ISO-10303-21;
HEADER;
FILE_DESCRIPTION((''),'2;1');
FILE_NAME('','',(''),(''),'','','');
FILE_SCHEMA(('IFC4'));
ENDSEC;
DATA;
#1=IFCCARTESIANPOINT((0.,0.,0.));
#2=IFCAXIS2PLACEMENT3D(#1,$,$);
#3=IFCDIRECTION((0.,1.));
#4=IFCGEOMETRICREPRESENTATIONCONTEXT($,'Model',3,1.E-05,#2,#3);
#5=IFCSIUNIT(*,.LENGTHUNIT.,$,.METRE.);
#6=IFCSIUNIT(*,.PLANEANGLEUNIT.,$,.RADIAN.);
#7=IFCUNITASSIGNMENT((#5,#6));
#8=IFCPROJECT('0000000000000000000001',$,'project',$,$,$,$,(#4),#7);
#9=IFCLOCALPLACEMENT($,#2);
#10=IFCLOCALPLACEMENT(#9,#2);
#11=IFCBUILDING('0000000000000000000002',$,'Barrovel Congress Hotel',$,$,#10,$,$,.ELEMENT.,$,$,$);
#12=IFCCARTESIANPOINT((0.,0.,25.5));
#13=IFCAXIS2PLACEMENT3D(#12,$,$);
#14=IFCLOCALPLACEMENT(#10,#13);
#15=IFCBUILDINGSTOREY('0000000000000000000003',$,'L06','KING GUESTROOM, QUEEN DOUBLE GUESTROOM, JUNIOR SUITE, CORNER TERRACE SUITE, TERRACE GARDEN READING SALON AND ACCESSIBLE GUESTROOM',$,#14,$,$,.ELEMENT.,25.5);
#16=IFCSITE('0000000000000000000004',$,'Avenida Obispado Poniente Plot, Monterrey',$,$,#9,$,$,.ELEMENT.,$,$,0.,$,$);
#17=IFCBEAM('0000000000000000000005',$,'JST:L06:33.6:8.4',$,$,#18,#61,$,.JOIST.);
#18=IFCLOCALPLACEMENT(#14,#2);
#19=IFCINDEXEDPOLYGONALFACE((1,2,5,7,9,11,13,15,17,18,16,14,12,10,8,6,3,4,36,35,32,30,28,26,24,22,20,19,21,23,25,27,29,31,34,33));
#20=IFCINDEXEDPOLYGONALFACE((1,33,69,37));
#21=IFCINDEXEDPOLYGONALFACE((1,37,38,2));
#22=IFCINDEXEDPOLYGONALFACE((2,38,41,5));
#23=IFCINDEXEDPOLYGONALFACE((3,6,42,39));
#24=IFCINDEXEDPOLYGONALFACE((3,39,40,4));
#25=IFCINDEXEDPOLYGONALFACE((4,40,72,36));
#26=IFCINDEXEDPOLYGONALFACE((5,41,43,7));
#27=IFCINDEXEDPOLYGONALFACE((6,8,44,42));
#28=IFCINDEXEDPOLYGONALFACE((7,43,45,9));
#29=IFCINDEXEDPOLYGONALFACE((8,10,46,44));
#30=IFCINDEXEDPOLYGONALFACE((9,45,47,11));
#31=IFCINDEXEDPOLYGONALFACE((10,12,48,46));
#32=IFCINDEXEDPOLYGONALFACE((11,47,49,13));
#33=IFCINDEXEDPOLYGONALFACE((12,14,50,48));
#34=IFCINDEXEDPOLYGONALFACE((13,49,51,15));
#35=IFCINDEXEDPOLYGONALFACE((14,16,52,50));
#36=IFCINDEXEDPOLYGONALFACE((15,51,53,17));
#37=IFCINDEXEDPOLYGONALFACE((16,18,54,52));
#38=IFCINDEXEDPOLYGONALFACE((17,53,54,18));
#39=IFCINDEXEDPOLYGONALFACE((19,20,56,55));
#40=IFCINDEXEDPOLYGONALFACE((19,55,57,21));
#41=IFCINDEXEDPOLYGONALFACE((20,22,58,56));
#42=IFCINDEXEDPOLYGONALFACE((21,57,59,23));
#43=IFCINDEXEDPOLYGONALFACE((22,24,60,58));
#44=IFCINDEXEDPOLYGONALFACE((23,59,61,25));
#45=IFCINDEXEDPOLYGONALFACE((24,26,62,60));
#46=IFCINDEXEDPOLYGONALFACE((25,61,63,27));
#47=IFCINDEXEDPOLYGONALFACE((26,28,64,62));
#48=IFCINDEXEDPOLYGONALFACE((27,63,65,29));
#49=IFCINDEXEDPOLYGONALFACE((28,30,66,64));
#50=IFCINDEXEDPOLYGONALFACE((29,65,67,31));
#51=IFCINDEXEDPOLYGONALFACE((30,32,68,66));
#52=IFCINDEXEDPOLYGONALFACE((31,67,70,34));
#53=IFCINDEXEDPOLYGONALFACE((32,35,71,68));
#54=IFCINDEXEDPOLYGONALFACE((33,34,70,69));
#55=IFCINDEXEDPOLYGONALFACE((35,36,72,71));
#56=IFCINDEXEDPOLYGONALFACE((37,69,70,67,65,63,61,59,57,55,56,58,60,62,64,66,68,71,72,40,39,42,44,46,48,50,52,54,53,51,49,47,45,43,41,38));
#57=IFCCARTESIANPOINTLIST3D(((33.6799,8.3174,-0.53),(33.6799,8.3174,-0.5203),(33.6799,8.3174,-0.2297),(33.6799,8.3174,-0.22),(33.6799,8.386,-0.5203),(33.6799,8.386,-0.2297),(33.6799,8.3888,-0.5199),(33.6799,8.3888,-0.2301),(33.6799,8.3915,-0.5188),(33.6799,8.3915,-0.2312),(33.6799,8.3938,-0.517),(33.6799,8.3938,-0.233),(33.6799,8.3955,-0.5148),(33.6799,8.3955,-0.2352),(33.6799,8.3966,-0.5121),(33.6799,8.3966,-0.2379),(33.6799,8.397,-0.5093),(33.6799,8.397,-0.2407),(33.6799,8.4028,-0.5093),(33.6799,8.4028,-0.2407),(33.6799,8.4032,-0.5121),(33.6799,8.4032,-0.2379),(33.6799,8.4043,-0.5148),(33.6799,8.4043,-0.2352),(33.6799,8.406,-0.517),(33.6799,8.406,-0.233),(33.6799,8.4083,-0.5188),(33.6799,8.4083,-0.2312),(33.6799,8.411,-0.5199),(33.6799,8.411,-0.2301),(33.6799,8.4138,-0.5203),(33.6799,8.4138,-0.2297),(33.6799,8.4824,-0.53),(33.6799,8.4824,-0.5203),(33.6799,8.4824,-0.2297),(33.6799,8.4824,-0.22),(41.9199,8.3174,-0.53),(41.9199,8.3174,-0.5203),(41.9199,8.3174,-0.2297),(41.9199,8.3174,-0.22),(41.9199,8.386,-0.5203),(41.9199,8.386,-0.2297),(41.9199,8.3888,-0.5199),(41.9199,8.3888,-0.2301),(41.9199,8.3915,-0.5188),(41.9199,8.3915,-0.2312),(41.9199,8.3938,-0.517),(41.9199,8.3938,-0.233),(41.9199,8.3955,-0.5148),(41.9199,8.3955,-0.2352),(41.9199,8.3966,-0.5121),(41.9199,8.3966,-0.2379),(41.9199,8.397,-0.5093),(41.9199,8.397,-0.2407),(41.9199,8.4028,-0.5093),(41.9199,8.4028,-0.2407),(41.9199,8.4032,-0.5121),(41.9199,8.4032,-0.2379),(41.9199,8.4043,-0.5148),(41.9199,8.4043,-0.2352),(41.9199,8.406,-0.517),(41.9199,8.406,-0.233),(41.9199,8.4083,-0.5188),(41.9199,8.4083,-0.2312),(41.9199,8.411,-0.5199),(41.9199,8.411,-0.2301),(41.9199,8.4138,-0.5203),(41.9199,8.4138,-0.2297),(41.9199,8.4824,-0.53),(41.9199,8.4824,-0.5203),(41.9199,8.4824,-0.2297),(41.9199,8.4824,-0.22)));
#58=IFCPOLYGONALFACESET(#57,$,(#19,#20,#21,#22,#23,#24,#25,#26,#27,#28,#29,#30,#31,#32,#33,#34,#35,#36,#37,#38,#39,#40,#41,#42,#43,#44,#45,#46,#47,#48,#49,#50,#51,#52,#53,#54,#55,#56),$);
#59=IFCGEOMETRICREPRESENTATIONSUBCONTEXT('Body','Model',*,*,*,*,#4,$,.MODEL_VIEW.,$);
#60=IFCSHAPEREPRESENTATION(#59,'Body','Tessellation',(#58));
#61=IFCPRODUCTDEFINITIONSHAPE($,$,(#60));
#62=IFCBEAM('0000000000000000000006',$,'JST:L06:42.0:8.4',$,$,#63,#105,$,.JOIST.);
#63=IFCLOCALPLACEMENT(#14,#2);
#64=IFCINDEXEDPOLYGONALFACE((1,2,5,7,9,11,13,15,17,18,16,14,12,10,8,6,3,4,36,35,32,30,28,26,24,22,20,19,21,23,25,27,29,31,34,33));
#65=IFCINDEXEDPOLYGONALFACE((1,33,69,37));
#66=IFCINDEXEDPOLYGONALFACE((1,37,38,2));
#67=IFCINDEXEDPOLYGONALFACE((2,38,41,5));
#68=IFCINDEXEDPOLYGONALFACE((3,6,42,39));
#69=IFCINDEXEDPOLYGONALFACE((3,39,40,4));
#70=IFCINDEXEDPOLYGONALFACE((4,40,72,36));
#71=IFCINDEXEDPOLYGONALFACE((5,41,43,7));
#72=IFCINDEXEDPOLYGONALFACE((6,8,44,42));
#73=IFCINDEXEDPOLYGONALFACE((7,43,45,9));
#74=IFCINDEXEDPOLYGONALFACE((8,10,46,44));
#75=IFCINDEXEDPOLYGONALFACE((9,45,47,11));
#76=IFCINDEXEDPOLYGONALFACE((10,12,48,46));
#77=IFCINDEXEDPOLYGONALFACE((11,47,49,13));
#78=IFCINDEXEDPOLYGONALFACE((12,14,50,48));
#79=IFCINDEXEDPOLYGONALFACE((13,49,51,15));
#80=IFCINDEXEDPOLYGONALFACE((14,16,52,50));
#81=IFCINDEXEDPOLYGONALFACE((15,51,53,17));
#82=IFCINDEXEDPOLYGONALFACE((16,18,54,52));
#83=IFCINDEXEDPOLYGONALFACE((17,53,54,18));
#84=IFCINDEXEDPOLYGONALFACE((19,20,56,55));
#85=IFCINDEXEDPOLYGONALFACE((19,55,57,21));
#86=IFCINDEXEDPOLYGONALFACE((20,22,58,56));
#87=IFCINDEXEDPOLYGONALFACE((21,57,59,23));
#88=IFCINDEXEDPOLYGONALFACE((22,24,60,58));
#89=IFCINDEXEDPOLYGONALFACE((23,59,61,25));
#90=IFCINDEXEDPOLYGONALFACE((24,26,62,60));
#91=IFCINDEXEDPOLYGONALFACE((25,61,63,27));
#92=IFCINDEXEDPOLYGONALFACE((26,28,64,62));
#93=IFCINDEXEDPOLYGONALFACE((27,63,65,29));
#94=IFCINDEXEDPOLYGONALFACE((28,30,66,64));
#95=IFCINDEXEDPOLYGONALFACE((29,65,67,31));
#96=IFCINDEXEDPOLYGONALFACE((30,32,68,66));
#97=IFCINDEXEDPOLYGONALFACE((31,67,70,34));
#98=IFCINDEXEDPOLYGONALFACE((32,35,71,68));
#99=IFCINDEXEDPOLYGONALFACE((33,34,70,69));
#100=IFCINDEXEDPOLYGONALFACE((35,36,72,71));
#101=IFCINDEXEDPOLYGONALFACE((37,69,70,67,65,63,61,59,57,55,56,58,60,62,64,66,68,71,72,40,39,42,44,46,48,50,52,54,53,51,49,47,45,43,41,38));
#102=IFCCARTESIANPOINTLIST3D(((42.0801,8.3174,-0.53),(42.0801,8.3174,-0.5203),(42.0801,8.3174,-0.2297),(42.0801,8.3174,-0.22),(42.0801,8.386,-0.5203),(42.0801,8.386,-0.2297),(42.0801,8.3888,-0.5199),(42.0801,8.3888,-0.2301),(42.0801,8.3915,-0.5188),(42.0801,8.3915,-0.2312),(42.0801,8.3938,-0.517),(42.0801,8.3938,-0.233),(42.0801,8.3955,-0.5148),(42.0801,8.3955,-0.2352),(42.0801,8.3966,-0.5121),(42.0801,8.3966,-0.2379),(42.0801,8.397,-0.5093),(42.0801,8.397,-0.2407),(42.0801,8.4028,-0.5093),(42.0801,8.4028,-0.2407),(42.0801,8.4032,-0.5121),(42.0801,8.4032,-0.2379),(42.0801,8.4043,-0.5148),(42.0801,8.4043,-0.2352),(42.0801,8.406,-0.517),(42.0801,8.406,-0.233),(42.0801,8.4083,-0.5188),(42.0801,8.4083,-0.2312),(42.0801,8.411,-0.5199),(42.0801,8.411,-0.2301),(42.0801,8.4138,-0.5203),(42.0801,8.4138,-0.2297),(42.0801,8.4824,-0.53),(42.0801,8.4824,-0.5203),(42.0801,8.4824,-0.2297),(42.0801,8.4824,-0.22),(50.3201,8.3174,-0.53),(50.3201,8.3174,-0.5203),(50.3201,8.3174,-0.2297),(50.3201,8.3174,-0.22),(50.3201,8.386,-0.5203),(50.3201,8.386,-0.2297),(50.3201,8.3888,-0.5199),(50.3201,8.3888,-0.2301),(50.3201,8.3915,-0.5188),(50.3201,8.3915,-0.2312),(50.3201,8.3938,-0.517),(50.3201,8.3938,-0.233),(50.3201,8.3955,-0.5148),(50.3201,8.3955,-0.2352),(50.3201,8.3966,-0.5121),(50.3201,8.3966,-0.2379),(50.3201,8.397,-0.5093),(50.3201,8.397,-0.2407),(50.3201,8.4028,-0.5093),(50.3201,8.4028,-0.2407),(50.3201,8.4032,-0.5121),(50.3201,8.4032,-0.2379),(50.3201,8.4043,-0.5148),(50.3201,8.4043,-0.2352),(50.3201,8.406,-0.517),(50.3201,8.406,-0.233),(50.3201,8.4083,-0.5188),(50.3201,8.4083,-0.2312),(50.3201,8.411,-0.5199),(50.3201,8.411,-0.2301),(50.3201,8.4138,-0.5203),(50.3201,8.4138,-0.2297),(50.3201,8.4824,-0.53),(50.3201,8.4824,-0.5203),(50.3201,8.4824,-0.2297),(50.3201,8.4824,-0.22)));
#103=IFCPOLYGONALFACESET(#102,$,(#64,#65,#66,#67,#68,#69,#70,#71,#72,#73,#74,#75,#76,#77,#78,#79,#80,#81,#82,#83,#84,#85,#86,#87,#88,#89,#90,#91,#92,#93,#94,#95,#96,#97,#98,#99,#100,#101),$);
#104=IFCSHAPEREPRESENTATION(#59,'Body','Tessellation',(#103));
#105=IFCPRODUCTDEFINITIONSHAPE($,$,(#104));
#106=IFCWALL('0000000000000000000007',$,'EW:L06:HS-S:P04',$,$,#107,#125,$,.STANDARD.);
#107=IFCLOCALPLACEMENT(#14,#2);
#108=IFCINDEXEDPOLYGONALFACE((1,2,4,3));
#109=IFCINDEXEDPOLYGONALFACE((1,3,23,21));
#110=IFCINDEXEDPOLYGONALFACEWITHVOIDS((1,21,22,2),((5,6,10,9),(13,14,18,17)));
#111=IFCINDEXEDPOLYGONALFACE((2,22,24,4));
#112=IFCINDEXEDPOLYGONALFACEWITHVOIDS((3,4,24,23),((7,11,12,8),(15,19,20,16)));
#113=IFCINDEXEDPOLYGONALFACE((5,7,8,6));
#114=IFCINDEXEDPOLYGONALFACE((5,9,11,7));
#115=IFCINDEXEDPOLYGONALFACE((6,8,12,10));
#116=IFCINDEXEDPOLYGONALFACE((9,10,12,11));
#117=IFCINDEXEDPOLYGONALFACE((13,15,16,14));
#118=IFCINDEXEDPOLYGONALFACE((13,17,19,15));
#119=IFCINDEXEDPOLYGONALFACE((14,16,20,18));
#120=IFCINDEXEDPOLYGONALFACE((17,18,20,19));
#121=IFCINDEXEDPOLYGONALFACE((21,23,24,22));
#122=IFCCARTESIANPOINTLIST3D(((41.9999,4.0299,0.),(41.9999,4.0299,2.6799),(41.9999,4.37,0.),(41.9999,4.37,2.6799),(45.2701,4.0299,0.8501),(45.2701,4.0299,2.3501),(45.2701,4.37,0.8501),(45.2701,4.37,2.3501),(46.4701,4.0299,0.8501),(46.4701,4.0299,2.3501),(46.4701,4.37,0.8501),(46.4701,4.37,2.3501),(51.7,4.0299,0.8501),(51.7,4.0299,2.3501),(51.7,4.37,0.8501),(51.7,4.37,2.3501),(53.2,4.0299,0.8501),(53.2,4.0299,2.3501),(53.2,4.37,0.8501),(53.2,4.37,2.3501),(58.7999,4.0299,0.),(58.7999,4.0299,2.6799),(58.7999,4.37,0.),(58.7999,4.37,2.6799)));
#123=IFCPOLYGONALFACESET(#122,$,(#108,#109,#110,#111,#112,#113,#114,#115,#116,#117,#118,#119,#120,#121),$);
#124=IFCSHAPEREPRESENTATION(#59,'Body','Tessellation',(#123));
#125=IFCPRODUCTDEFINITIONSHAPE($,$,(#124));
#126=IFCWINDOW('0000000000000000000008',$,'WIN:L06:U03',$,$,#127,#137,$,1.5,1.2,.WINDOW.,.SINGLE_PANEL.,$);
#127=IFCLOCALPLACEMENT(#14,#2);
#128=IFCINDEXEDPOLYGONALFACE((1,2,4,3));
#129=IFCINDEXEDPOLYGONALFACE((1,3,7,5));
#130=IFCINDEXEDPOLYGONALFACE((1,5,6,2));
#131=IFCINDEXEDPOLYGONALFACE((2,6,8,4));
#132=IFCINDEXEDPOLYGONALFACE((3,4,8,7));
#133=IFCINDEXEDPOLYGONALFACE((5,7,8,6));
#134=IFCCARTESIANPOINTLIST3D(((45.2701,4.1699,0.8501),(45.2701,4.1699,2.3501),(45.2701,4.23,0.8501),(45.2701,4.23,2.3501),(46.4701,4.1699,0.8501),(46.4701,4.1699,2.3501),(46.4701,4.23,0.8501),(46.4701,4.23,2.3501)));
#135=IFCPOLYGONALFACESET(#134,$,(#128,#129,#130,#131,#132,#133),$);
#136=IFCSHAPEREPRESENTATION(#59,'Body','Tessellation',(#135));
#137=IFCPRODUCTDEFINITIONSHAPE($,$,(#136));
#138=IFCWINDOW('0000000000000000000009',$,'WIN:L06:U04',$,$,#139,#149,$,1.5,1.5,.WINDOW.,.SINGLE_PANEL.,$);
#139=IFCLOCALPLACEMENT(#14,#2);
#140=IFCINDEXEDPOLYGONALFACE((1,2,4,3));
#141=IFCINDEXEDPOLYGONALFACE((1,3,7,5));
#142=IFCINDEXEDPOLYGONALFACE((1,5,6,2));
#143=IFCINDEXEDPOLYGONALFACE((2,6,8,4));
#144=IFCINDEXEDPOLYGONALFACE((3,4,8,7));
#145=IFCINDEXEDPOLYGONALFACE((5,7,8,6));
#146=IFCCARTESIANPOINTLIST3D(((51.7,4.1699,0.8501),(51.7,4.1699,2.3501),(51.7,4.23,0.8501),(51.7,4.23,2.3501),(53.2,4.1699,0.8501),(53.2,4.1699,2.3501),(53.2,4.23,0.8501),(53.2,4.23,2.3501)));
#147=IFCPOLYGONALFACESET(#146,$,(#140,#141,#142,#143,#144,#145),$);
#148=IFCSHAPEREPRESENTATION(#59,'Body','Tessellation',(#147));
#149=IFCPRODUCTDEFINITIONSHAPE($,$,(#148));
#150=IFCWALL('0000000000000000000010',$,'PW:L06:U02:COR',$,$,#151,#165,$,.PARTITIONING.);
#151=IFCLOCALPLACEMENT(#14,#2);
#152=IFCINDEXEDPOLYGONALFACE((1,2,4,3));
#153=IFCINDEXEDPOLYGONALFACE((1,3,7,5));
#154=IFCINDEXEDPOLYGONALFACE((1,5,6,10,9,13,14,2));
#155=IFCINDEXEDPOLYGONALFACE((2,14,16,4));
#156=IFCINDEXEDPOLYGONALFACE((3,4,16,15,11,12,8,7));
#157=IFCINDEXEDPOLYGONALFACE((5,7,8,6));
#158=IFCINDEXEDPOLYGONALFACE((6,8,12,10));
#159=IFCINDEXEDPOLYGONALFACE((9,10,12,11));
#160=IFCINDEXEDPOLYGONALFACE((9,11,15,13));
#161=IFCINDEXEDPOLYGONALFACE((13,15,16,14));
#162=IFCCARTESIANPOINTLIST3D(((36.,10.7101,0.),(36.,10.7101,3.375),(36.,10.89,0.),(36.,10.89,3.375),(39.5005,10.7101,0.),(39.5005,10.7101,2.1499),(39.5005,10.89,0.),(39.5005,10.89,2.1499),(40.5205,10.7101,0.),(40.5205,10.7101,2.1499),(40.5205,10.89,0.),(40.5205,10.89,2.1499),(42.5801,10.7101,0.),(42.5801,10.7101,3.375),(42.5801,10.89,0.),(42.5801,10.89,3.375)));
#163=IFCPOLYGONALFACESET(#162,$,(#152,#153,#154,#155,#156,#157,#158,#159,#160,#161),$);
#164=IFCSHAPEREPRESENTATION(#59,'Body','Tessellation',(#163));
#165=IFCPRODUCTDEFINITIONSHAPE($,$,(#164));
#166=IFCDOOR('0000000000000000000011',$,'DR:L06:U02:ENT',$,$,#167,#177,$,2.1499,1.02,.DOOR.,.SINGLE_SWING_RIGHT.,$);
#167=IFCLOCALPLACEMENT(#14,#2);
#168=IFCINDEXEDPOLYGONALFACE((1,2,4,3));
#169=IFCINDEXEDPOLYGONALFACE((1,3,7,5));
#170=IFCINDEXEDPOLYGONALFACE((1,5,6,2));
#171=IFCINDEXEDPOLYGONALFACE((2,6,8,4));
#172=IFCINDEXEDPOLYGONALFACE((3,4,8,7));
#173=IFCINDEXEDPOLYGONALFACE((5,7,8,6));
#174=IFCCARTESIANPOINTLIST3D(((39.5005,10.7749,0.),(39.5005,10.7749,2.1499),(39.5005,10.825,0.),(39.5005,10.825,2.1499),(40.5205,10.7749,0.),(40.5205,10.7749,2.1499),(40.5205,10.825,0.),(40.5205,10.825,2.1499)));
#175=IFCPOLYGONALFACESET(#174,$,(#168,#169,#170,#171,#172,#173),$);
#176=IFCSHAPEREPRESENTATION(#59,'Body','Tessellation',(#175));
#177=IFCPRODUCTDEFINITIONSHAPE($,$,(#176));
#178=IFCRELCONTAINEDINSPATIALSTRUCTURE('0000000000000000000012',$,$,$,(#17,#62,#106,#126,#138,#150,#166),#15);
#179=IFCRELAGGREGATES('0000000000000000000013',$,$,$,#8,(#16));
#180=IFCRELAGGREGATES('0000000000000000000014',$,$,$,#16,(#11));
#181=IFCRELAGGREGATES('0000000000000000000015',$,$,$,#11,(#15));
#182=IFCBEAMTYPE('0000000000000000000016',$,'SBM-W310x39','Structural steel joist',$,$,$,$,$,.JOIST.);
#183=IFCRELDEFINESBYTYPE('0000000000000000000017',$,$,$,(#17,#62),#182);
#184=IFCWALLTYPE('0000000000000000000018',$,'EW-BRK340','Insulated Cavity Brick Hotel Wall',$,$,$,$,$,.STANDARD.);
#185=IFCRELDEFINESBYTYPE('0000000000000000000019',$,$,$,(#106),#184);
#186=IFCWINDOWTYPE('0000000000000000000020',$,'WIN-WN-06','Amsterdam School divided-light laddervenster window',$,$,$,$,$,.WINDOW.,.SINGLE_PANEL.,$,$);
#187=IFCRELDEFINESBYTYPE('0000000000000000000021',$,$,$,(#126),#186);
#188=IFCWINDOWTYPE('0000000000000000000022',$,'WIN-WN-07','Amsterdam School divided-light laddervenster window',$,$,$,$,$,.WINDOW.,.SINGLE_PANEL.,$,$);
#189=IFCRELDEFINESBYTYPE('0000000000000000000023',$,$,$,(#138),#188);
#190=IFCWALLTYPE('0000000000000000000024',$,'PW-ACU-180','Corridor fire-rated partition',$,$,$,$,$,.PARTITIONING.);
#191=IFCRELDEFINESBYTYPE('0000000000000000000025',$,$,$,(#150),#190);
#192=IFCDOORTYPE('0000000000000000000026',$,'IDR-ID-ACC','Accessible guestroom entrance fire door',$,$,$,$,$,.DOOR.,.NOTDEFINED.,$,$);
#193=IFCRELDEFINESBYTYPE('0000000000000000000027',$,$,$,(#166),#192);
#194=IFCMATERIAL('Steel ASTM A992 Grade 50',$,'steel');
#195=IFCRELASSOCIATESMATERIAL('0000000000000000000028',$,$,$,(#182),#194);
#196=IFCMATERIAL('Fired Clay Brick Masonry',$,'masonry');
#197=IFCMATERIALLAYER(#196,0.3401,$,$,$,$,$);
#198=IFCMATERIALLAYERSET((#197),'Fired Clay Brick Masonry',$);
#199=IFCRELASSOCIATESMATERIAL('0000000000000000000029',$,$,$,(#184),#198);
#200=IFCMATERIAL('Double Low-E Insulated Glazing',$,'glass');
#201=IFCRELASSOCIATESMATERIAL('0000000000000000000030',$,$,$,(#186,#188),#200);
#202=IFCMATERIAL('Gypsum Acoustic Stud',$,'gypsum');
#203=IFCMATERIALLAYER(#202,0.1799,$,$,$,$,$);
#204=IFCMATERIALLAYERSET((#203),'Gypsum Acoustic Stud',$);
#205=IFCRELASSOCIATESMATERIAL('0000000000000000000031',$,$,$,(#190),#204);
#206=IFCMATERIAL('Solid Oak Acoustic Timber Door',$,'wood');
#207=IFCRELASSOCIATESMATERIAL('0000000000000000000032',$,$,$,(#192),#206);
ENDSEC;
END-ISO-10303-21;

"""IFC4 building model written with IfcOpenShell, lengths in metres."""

from ifc_helpers import new_model, si_unit, direction, frame, frame_2d, origin, origin_2d, place, context, subcontext, project, spatial, rectangle, i_section, extrude, material, layer, layer_set, material_profile, profile_set, type_object, element, fill, save


model = new_model("IFC4")

# Units and contexts
model_context = context("Model", 3, precision=1e-05, world=origin(), true_north=direction((0.0, 1.0)))
body_context = subcontext(model_context, "Body", "Model", "MODEL_VIEW")
ifc_project = project(units=[si_unit("LENGTHUNIT", "METRE"), si_unit("PLANEANGLEUNIT", "RADIAN")], contexts=[model_context])

# Site, building, storey
site_placement = place(None, origin())
site = spatial("IfcSite", under=ifc_project, at=site_placement, Name="Avenida Obispado Poniente Plot, Monterrey", CompositionType="ELEMENT", RefElevation=0.0)
building_placement = place(site_placement, origin())
building = spatial("IfcBuilding", under=site, at=building_placement, Name="Barrovel Congress Hotel", CompositionType="ELEMENT")
storey_placement = place(building_placement, frame((0.0, 0.0, 25.5)))
storey = spatial("IfcBuildingStorey", under=building, at=storey_placement, Name="L06", Description="KING GUESTROOM, QUEEN DOUBLE GUESTROOM, JUNIOR SUITE, CORNER TERRACE SUITE, TERRACE GARDEN READING SALON AND ACCESSIBLE GUESTROOM", CompositionType="ELEMENT", Elevation=25.5)

# Beams
ifc_material_1 = material(Name="Steel ASTM A992 Grade 50", Category="steel")
ifc_material_profile_1 = material_profile(ifc_material_1, i_section(OverallWidth=0.165, OverallDepth=0.3101, WebThickness=0.0059, FlangeThickness=0.0098, FilletRadius=0.011, at=origin_2d()), Name="W310x39")
ifc_profile_set_1 = profile_set([ifc_material_profile_1], Name="Steel ASTM A992 Grade 50")
beam_type_1 = type_object("IfcBeamType", Name="SBM-W310x39", Description="Structural steel joist", PredefinedType="JOIST", material=ifc_profile_set_1)
for number, where, z_axis, x_axis, name in (
    (1, (33.6799, 8.3999, -0.375), (1.0, 0.0, 0.0), (0.0, 1.0, 0.0), "JST:L06:33.6:8.4"),
    (2, (42.0801, 8.3999, -0.375), (1.0, 0.0, 0.0), (0.0, 1.0, 0.0), "JST:L06:42.0:8.4"),
):
    element("IfcBeam", number, at=place(storey_placement, frame(where, z_axis=z_axis, x_axis=x_axis)), inside=storey, type_object=beam_type_1, Name=name, PredefinedType="JOIST", context=body_context, shape_type="SweptSolid", body=[
        extrude(i_section(OverallWidth=0.165, OverallDepth=0.3101, WebThickness=0.0059, FlangeThickness=0.0098, FilletRadius=0.011, at=origin_2d()), origin(), (0.0, 0.0, 1.0), 8.24),
    ])

# Wall, openings, windows
ifc_material_2 = material(Name="Fired Clay Brick Masonry", Category="masonry")
ifc_layer_1 = layer(ifc_material_2, 0.3401)
ifc_layer_set_1 = layer_set([ifc_layer_1], Name="Fired Clay Brick Masonry")
wall_type_1 = type_object("IfcWallType", Name="EW-BRK340", Description="Insulated Cavity Brick Hotel Wall", PredefinedType="STANDARD", material=ifc_layer_set_1)
wall_1_placement = place(storey_placement, frame((42.0, 4.2, 0.0), z_axis=(0.0, 0.0, 1.0), x_axis=(1.0, 0.0, 0.0)))
wall_1 = element("IfcWall", 3, at=wall_1_placement, inside=storey, type_object=wall_type_1, Name="EW:L06:HS-S:P04", PredefinedType="STANDARD", context=body_context, shape_type="SweptSolid", body=[
    extrude(rectangle(XDim=16.8, YDim=0.3401, at=frame_2d((8.3999, 0.0))), origin(), (0.0, 0.0, 1.0), 2.6799),
])
opening_1_placement = place(wall_1_placement, frame((3.27, 0.0, 0.8501)))
opening_1 = element("IfcOpeningElement", 4, at=opening_1_placement, cuts=wall_1, PredefinedType="OPENING", context=body_context, shape_type="SweptSolid", body=[
    extrude(rectangle(XDim=1.2, YDim=1.5, at=frame_2d((0.6001, 0.75))), frame((0.0, 0.1802, 0.0), z_axis=(0.0, -1.0, 0.0), x_axis=(1.0, 0.0, 0.0)), (0.0, 0.0, 1.0), 0.3601),
])
opening_2_placement = place(wall_1_placement, frame((9.7, 0.0, 0.8501)))
opening_2 = element("IfcOpeningElement", 5, at=opening_2_placement, cuts=wall_1, PredefinedType="OPENING", context=body_context, shape_type="SweptSolid", body=[
    extrude(rectangle(XDim=1.5, YDim=1.5, at=frame_2d((0.75, 0.75))), frame((0.0, 0.1802, 0.0), z_axis=(0.0, -1.0, 0.0), x_axis=(1.0, 0.0, 0.0)), (0.0, 0.0, 1.0), 0.3601),
])
ifc_material_3 = material(Name="Double Low-E Insulated Glazing", Category="glass")
window_type_1 = type_object("IfcWindowType", Name="WIN-WN-06", Description="Amsterdam School divided-light laddervenster window", PartitioningType="SINGLE_PANEL", PredefinedType="WINDOW", material=ifc_material_3)
window_1_placement = place(opening_1_placement, origin())
window_1 = element("IfcWindow", 6, at=window_1_placement, inside=storey, type_object=window_type_1, Name="WIN:L06:U03", OverallHeight=1.5, OverallWidth=1.2, PartitioningType="SINGLE_PANEL", PredefinedType="WINDOW", context=body_context, shape_type="SweptSolid", body=[
    extrude(rectangle(XDim=1.2, YDim=1.5, at=frame_2d((0.6001, 0.75))), frame((0.0, 0.03, 0.0), z_axis=(0.0, -1.0, 0.0), x_axis=(1.0, 0.0, 0.0)), (0.0, 0.0, 1.0), 0.0601),
])
fill(opening_1, window_1)
window_type_2 = type_object("IfcWindowType", Name="WIN-WN-07", Description="Amsterdam School divided-light laddervenster window", PartitioningType="SINGLE_PANEL", PredefinedType="WINDOW", material=ifc_material_3)
window_2_placement = place(opening_2_placement, origin())
window_2 = element("IfcWindow", 7, at=window_2_placement, inside=storey, type_object=window_type_2, Name="WIN:L06:U04", OverallHeight=1.5, OverallWidth=1.5, PartitioningType="SINGLE_PANEL", PredefinedType="WINDOW", context=body_context, shape_type="SweptSolid", body=[
    extrude(rectangle(XDim=1.5, YDim=1.5, at=frame_2d((0.75, 0.75))), frame((0.0, 0.03, 0.0), z_axis=(0.0, -1.0, 0.0), x_axis=(1.0, 0.0, 0.0)), (0.0, 0.0, 1.0), 0.0601),
])
fill(opening_2, window_2)

# Wall, opening, door
ifc_material_4 = material(Name="Gypsum Acoustic Stud", Category="gypsum")
ifc_layer_2 = layer(ifc_material_4, 0.1799)
ifc_layer_set_2 = layer_set([ifc_layer_2], Name="Gypsum Acoustic Stud")
wall_type_2 = type_object("IfcWallType", Name="PW-ACU-180", Description="Corridor fire-rated partition", PredefinedType="PARTITIONING", material=ifc_layer_set_2)
wall_2_placement = place(storey_placement, frame((36.0, 10.8, 0.0), z_axis=(0.0, 0.0, 1.0), x_axis=(1.0, 0.0, 0.0)))
wall_2 = element("IfcWall", 8, at=wall_2_placement, inside=storey, type_object=wall_type_2, Name="PW:L06:U02:COR", PredefinedType="PARTITIONING", context=body_context, shape_type="SweptSolid", body=[
    extrude(rectangle(XDim=6.5801, YDim=0.1799, at=frame_2d((3.29, 0.0))), origin(), (0.0, 0.0, 1.0), 3.375),
])
opening_3_placement = place(wall_2_placement, frame((3.5005, 0.0, 0.0)))
opening_3 = element("IfcOpeningElement", 9, at=opening_3_placement, cuts=wall_2, PredefinedType="OPENING", context=body_context, shape_type="SweptSolid", body=[
    extrude(rectangle(XDim=1.02, YDim=2.1499, at=frame_2d((0.51, 1.075))), frame((0.0, 0.1001, 0.0), z_axis=(0.0, -1.0, 0.0), x_axis=(1.0, 0.0, 0.0)), (0.0, 0.0, 1.0), 0.2),
])
ifc_material_5 = material(Name="Solid Oak Acoustic Timber Door", Category="wood")
door_type_1 = type_object("IfcDoorType", Name="IDR-ID-ACC", Description="Accessible guestroom entrance fire door", OperationType="NOTDEFINED", PredefinedType="DOOR", material=ifc_material_5)
door_1_placement = place(opening_3_placement, origin())
door_1 = element("IfcDoor", 10, at=door_1_placement, inside=storey, type_object=door_type_1, Name="DR:L06:U02:ENT", OperationType="SINGLE_SWING_RIGHT", OverallHeight=2.1499, OverallWidth=1.02, PredefinedType="DOOR", context=body_context, shape_type="SweptSolid", body=[
    extrude(rectangle(XDim=1.02, YDim=2.1499, at=frame_2d((0.51, 1.075))), frame((0.0, 0.0249, 0.0), z_axis=(0.0, -1.0, 0.0), x_axis=(1.0, 0.0, 0.0)), (0.0, 0.0, 1.0), 0.05),
])
fill(opening_3, door_1)

save(model, "model.ifc")
